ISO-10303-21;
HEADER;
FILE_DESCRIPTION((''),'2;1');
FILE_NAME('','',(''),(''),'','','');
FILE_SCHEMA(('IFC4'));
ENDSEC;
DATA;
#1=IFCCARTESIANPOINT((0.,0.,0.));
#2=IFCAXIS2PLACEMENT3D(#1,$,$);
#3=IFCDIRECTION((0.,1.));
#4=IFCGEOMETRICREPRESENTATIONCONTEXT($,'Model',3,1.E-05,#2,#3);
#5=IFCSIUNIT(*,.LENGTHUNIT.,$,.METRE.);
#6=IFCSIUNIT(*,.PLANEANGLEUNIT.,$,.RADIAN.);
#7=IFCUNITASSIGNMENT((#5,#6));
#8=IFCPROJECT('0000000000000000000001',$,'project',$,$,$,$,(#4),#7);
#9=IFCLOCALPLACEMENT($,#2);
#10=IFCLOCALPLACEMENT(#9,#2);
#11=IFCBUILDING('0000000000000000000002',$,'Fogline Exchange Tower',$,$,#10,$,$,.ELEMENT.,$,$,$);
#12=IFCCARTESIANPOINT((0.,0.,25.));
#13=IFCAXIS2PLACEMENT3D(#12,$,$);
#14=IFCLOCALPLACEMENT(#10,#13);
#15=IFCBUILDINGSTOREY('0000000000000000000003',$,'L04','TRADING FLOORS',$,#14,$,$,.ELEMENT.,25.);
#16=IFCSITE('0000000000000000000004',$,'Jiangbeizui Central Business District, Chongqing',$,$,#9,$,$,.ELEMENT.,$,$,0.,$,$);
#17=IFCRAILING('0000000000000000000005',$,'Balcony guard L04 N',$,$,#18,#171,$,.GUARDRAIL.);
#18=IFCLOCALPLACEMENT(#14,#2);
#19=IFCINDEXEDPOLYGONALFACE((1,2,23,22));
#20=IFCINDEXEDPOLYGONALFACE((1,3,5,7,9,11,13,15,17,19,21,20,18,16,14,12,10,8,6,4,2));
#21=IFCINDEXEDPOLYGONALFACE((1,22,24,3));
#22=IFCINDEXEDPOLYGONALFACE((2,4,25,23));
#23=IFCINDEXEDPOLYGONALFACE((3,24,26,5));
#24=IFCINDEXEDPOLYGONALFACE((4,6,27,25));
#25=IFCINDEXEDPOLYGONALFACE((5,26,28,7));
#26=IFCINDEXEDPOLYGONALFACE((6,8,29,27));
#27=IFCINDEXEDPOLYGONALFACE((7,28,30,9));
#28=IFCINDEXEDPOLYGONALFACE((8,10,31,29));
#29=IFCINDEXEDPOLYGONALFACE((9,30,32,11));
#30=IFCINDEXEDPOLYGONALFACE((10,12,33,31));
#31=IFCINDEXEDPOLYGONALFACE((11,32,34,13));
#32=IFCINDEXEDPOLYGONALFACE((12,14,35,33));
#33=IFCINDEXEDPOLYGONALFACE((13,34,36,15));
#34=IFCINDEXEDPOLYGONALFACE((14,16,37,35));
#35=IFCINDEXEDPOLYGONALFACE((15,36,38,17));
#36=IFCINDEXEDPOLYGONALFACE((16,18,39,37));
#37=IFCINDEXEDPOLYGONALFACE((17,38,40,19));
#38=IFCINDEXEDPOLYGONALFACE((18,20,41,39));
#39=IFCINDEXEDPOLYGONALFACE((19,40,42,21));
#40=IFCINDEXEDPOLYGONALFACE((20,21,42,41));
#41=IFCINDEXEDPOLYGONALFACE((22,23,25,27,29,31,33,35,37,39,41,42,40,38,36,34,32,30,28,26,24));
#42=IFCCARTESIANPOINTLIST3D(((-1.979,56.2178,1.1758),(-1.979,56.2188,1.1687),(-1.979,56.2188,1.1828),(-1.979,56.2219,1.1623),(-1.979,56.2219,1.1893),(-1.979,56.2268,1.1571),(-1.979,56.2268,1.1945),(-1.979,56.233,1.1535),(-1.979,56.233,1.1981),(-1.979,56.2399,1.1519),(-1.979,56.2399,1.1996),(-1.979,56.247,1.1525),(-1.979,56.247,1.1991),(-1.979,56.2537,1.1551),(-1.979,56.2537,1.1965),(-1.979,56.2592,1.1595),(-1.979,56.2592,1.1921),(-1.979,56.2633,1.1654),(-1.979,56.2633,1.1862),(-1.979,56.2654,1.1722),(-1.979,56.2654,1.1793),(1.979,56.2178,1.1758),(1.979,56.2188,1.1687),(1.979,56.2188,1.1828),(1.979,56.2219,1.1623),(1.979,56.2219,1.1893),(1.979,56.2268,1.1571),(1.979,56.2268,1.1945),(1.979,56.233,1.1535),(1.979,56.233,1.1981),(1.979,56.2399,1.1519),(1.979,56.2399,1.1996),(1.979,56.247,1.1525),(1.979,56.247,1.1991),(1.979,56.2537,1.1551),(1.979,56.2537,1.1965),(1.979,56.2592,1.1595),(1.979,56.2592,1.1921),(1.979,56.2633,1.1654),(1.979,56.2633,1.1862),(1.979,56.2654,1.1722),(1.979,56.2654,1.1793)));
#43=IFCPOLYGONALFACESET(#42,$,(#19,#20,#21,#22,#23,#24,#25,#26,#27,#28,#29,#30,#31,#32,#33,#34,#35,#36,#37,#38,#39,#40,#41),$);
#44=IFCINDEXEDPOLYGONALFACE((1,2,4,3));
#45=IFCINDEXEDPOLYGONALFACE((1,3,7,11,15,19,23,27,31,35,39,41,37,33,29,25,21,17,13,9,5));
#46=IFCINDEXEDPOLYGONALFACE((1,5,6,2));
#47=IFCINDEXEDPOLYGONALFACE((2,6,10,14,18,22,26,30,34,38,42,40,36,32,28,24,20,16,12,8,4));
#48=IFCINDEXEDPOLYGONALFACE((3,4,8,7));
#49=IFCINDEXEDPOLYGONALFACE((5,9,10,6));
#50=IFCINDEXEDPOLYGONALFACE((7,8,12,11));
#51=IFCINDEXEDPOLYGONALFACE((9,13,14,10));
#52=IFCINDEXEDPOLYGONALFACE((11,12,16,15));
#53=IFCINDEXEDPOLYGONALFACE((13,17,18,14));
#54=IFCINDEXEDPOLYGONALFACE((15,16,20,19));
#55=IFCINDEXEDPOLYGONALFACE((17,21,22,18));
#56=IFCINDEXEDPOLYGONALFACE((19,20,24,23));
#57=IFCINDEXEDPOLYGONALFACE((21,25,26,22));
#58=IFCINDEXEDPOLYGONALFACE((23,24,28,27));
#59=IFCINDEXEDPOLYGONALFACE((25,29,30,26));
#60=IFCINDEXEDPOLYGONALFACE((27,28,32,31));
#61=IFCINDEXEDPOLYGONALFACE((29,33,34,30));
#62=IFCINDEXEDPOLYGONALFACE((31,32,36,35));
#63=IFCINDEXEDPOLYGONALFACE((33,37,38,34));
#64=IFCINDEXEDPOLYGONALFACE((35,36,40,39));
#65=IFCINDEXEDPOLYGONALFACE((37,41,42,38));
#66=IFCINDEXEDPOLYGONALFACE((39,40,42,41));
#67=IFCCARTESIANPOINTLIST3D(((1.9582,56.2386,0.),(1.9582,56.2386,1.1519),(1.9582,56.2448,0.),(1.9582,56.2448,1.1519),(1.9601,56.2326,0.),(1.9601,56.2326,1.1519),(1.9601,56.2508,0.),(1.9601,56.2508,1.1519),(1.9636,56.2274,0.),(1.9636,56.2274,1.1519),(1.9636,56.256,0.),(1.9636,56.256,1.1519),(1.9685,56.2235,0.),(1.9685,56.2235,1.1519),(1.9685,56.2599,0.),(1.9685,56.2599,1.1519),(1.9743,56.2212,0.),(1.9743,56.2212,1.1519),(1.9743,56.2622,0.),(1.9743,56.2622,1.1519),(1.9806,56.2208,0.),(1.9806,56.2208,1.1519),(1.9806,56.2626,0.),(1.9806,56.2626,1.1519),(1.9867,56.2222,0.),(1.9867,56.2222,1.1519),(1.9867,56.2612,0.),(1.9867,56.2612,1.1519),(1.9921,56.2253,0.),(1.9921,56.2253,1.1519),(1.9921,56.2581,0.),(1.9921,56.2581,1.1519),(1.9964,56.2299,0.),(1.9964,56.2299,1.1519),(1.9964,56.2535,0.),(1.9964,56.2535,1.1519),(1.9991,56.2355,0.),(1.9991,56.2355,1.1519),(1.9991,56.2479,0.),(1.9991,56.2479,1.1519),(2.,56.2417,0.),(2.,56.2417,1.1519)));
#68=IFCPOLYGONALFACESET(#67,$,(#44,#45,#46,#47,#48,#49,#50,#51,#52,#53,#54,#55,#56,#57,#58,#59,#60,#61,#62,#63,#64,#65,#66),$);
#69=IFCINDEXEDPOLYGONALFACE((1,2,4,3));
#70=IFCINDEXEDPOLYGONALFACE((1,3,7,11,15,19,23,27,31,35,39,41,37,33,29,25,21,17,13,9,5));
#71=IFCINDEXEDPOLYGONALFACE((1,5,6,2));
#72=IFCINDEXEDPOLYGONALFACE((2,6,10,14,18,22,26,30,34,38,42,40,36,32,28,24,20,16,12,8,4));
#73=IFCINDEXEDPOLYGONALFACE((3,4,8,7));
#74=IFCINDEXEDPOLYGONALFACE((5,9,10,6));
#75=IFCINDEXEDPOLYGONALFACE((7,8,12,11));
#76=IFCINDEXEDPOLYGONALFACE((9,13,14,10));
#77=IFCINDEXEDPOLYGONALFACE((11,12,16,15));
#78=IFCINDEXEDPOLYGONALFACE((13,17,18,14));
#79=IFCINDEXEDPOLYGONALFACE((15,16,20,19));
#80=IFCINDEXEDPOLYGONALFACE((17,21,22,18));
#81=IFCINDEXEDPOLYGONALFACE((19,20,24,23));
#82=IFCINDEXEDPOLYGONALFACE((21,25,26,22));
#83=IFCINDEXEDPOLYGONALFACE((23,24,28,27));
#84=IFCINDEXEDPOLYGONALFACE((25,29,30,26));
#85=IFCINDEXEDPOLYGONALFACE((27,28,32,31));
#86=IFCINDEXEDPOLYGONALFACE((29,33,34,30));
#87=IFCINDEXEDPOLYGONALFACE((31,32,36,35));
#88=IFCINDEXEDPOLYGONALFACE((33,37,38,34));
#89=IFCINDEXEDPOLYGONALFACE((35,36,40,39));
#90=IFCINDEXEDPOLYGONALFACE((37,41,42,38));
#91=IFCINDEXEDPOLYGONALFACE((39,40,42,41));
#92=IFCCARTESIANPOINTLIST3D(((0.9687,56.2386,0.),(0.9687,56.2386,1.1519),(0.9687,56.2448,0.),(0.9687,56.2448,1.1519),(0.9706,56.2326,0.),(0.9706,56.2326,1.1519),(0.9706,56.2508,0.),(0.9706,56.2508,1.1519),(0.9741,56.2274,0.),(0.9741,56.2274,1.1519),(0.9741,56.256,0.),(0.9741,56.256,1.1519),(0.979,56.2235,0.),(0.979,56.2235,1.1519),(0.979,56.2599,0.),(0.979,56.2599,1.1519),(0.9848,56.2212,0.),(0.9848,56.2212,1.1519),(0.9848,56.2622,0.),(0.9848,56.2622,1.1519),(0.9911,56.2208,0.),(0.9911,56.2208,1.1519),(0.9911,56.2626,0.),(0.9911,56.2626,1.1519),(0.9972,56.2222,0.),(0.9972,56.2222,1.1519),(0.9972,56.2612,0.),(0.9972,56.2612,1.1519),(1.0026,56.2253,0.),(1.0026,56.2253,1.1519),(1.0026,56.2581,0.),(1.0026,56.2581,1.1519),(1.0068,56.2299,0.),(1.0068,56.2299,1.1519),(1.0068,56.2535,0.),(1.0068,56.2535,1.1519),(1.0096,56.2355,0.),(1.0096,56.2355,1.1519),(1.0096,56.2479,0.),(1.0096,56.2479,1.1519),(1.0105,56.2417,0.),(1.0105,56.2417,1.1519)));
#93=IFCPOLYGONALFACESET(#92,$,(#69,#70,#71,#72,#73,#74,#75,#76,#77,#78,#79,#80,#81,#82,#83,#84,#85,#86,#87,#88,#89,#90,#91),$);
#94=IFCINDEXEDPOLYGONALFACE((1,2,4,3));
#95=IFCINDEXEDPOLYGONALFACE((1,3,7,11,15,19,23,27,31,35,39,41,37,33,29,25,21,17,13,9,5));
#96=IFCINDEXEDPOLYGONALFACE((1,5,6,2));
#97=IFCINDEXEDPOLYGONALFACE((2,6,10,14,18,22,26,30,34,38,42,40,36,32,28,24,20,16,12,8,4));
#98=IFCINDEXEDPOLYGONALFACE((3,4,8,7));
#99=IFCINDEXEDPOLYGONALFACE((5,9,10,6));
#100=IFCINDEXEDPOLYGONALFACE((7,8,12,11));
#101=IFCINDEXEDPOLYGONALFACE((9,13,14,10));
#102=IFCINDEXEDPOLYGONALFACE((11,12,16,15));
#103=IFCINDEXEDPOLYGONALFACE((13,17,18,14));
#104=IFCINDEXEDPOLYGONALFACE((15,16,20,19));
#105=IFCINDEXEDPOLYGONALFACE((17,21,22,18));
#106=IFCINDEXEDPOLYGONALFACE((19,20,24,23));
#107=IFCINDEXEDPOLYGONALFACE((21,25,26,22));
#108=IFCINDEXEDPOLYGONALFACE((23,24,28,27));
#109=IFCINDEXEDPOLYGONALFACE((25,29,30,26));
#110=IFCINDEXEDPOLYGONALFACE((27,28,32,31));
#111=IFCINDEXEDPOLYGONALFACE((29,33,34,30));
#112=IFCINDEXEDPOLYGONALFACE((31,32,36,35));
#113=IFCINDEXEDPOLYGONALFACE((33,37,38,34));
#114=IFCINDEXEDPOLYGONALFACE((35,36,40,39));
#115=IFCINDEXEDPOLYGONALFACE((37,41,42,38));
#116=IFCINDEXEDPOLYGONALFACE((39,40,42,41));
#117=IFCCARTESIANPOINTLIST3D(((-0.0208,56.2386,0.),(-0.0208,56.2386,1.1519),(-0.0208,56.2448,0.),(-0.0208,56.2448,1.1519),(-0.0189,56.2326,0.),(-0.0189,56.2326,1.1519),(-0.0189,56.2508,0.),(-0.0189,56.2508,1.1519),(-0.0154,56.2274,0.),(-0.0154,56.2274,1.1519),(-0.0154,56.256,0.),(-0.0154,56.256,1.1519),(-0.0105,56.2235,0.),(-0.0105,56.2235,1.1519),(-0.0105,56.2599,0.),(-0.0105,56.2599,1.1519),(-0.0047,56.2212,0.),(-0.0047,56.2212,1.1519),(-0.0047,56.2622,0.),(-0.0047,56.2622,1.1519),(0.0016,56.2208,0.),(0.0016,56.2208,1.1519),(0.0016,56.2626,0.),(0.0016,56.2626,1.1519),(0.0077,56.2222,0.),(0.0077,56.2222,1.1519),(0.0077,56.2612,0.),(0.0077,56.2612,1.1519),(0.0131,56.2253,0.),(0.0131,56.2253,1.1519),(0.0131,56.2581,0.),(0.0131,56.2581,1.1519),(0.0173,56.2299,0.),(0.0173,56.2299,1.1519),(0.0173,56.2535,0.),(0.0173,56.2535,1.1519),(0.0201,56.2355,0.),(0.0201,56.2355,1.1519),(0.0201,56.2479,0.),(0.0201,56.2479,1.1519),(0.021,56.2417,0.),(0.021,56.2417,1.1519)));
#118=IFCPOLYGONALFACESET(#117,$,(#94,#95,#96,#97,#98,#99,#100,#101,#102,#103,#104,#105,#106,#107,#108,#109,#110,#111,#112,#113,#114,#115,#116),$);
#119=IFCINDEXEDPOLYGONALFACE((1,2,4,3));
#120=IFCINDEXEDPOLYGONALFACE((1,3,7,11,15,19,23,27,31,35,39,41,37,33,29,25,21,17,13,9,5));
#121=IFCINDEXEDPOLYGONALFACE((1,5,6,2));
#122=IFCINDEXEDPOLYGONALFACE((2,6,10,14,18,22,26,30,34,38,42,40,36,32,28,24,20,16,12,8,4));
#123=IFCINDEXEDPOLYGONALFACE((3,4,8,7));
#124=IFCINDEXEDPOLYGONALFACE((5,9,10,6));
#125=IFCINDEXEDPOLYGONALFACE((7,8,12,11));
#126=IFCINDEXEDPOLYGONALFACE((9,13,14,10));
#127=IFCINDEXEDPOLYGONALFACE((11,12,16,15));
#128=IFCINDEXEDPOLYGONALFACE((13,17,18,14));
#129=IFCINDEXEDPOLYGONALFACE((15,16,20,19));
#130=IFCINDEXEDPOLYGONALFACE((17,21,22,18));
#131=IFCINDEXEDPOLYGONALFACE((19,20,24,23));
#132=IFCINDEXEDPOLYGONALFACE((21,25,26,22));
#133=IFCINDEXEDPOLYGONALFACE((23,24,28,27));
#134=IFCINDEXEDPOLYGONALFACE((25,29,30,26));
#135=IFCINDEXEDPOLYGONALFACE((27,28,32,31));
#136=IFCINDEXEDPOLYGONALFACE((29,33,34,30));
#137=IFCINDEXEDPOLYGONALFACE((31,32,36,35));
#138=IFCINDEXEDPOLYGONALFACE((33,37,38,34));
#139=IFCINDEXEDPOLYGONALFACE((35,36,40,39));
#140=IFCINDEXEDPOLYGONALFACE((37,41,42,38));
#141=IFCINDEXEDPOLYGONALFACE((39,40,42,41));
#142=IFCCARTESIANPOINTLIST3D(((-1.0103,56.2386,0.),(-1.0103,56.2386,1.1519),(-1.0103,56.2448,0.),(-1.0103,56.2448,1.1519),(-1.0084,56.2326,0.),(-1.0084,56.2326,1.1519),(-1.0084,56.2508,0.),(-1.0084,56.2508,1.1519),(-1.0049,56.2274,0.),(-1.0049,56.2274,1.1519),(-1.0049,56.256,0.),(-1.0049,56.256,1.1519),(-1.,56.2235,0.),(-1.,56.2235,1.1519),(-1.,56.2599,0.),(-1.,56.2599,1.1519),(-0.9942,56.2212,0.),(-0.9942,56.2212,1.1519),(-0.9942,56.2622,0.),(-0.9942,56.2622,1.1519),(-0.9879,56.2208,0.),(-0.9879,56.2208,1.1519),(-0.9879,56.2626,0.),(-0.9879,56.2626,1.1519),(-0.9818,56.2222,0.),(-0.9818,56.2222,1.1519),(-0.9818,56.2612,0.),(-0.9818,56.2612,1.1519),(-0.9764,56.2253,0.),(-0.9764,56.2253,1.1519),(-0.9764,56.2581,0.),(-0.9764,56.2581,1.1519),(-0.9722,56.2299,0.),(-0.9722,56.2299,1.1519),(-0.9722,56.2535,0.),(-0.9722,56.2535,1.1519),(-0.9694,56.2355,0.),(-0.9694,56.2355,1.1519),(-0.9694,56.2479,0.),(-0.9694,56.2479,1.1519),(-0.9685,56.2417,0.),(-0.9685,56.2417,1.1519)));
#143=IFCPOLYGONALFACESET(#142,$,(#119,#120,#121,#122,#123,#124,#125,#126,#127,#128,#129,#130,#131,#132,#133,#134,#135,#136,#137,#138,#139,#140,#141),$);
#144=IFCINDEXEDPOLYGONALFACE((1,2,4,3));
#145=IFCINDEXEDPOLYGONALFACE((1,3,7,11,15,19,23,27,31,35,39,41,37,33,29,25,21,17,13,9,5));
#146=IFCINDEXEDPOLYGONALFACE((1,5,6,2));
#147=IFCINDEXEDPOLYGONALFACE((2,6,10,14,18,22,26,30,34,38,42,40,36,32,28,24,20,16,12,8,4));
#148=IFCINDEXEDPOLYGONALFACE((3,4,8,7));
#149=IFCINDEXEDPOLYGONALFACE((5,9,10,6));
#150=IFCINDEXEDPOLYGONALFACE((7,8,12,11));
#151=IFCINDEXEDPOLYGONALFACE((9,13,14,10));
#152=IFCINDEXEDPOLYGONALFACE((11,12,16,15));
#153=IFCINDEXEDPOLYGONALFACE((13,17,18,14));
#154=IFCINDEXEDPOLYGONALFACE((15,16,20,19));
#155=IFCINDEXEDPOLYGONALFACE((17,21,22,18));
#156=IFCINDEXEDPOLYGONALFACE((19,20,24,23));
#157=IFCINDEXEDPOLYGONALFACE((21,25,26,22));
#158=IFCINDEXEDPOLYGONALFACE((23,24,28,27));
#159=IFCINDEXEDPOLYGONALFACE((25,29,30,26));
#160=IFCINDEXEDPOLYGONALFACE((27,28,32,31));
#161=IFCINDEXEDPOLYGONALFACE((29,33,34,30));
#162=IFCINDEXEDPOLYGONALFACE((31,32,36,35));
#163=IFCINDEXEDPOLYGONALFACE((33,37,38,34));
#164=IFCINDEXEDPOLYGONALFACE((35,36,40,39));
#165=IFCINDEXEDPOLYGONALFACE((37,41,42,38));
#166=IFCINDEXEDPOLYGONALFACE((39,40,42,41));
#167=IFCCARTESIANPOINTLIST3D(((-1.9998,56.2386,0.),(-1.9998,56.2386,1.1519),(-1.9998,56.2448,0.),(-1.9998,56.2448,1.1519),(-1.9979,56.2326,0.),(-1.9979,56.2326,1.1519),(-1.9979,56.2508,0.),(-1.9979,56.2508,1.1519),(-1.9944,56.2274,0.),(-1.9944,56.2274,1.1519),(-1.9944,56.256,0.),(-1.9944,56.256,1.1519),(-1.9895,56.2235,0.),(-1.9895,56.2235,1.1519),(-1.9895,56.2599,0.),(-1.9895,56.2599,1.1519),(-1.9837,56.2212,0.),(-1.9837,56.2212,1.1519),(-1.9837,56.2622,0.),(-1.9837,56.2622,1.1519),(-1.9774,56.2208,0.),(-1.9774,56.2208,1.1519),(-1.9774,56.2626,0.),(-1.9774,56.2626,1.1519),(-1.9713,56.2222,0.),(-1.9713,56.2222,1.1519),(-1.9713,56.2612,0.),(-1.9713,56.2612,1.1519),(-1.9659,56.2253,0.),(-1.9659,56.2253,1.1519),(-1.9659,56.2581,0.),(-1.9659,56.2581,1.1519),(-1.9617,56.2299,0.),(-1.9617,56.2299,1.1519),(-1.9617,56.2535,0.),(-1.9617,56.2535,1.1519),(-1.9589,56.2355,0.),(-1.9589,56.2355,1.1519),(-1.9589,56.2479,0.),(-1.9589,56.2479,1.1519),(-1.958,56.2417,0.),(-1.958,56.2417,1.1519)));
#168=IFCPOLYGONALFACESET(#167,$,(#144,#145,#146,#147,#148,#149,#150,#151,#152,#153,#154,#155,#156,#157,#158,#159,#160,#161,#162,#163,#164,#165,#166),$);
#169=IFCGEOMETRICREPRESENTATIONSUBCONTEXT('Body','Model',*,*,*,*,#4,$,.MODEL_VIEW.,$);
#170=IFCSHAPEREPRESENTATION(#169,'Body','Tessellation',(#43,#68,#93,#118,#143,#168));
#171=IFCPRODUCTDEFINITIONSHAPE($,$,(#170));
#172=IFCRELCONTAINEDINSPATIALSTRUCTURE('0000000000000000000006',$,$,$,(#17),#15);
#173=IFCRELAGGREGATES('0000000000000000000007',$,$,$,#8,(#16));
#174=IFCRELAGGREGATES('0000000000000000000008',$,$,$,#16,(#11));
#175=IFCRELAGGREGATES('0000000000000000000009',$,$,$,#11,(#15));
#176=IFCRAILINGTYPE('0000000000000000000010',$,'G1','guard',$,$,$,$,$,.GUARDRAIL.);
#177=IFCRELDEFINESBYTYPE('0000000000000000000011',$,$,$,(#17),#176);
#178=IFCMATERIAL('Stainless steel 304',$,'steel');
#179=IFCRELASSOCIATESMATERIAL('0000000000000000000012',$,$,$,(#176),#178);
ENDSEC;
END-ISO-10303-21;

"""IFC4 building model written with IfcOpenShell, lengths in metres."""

from ifc_helpers import new_model, si_unit, direction, frame, origin, origin_2d, place, context, subcontext, project, spatial, circle, extrude, material, type_object, element, save


model = new_model("IFC4")

# Units and contexts
model_context = context("Model", 3, precision=1e-05, world=origin(), true_north=direction((0.0, 1.0)))
body_context = subcontext(model_context, "Body", "Model", "MODEL_VIEW")
ifc_project = project(units=[si_unit("LENGTHUNIT", "METRE"), si_unit("PLANEANGLEUNIT", "RADIAN")], contexts=[model_context])

# Site, building, storey
site_placement = place(None, origin())
site = spatial("IfcSite", under=ifc_project, at=site_placement, Name="Jiangbeizui Central Business District, Chongqing", CompositionType="ELEMENT", RefElevation=0.0)
building_placement = place(site_placement, origin())
building = spatial("IfcBuilding", under=site, at=building_placement, Name="Fogline Exchange Tower", CompositionType="ELEMENT")
storey_placement = place(building_placement, frame((0.0, 0.0, 25.0)))
storey = spatial("IfcBuildingStorey", under=building, at=storey_placement, Name="L04", Description="TRADING FLOORS", CompositionType="ELEMENT", Elevation=25.0)

# Railing
ifc_material_1 = material(Name="Stainless steel 304", Category="steel")
railing_type = type_object("IfcRailingType", Name="G1", Description="guard", PredefinedType="GUARDRAIL", material=ifc_material_1)
railing_placement = place(storey_placement, frame((1.979, 56.2417, 0.0)))
element("IfcRailing", 1, at=railing_placement, inside=storey, type_object=railing_type, Name="Balcony guard L04 N", PredefinedType="GUARDRAIL", context=body_context, shape_type="SweptSolid", body=[
    extrude(circle(Radius=0.0239, at=origin_2d()), frame((0.0, 0.0, 1.1758), z_axis=(-1.0, 0.0, 0.0), x_axis=(0.0, -1.0, 0.0)), (0.0, 0.0, 1.0), 3.958),
    extrude(circle(Radius=0.021, at=origin_2d()), origin(), (0.0, 0.0, 1.0), 1.1519),
    extrude(circle(Radius=0.021, at=origin_2d()), frame((-0.9895, 0.0, 0.0)), (0.0, 0.0, 1.0), 1.1519),
    extrude(circle(Radius=0.021, at=origin_2d()), frame((-1.979, 0.0, 0.0)), (0.0, 0.0, 1.0), 1.1519),
    extrude(circle(Radius=0.021, at=origin_2d()), frame((-2.9685, 0.0, 0.0)), (0.0, 0.0, 1.0), 1.1519),
    extrude(circle(Radius=0.021, at=origin_2d()), frame((-3.958, 0.0, 0.0)), (0.0, 0.0, 1.0), 1.1519),
])

save(model, "model.ifc")
